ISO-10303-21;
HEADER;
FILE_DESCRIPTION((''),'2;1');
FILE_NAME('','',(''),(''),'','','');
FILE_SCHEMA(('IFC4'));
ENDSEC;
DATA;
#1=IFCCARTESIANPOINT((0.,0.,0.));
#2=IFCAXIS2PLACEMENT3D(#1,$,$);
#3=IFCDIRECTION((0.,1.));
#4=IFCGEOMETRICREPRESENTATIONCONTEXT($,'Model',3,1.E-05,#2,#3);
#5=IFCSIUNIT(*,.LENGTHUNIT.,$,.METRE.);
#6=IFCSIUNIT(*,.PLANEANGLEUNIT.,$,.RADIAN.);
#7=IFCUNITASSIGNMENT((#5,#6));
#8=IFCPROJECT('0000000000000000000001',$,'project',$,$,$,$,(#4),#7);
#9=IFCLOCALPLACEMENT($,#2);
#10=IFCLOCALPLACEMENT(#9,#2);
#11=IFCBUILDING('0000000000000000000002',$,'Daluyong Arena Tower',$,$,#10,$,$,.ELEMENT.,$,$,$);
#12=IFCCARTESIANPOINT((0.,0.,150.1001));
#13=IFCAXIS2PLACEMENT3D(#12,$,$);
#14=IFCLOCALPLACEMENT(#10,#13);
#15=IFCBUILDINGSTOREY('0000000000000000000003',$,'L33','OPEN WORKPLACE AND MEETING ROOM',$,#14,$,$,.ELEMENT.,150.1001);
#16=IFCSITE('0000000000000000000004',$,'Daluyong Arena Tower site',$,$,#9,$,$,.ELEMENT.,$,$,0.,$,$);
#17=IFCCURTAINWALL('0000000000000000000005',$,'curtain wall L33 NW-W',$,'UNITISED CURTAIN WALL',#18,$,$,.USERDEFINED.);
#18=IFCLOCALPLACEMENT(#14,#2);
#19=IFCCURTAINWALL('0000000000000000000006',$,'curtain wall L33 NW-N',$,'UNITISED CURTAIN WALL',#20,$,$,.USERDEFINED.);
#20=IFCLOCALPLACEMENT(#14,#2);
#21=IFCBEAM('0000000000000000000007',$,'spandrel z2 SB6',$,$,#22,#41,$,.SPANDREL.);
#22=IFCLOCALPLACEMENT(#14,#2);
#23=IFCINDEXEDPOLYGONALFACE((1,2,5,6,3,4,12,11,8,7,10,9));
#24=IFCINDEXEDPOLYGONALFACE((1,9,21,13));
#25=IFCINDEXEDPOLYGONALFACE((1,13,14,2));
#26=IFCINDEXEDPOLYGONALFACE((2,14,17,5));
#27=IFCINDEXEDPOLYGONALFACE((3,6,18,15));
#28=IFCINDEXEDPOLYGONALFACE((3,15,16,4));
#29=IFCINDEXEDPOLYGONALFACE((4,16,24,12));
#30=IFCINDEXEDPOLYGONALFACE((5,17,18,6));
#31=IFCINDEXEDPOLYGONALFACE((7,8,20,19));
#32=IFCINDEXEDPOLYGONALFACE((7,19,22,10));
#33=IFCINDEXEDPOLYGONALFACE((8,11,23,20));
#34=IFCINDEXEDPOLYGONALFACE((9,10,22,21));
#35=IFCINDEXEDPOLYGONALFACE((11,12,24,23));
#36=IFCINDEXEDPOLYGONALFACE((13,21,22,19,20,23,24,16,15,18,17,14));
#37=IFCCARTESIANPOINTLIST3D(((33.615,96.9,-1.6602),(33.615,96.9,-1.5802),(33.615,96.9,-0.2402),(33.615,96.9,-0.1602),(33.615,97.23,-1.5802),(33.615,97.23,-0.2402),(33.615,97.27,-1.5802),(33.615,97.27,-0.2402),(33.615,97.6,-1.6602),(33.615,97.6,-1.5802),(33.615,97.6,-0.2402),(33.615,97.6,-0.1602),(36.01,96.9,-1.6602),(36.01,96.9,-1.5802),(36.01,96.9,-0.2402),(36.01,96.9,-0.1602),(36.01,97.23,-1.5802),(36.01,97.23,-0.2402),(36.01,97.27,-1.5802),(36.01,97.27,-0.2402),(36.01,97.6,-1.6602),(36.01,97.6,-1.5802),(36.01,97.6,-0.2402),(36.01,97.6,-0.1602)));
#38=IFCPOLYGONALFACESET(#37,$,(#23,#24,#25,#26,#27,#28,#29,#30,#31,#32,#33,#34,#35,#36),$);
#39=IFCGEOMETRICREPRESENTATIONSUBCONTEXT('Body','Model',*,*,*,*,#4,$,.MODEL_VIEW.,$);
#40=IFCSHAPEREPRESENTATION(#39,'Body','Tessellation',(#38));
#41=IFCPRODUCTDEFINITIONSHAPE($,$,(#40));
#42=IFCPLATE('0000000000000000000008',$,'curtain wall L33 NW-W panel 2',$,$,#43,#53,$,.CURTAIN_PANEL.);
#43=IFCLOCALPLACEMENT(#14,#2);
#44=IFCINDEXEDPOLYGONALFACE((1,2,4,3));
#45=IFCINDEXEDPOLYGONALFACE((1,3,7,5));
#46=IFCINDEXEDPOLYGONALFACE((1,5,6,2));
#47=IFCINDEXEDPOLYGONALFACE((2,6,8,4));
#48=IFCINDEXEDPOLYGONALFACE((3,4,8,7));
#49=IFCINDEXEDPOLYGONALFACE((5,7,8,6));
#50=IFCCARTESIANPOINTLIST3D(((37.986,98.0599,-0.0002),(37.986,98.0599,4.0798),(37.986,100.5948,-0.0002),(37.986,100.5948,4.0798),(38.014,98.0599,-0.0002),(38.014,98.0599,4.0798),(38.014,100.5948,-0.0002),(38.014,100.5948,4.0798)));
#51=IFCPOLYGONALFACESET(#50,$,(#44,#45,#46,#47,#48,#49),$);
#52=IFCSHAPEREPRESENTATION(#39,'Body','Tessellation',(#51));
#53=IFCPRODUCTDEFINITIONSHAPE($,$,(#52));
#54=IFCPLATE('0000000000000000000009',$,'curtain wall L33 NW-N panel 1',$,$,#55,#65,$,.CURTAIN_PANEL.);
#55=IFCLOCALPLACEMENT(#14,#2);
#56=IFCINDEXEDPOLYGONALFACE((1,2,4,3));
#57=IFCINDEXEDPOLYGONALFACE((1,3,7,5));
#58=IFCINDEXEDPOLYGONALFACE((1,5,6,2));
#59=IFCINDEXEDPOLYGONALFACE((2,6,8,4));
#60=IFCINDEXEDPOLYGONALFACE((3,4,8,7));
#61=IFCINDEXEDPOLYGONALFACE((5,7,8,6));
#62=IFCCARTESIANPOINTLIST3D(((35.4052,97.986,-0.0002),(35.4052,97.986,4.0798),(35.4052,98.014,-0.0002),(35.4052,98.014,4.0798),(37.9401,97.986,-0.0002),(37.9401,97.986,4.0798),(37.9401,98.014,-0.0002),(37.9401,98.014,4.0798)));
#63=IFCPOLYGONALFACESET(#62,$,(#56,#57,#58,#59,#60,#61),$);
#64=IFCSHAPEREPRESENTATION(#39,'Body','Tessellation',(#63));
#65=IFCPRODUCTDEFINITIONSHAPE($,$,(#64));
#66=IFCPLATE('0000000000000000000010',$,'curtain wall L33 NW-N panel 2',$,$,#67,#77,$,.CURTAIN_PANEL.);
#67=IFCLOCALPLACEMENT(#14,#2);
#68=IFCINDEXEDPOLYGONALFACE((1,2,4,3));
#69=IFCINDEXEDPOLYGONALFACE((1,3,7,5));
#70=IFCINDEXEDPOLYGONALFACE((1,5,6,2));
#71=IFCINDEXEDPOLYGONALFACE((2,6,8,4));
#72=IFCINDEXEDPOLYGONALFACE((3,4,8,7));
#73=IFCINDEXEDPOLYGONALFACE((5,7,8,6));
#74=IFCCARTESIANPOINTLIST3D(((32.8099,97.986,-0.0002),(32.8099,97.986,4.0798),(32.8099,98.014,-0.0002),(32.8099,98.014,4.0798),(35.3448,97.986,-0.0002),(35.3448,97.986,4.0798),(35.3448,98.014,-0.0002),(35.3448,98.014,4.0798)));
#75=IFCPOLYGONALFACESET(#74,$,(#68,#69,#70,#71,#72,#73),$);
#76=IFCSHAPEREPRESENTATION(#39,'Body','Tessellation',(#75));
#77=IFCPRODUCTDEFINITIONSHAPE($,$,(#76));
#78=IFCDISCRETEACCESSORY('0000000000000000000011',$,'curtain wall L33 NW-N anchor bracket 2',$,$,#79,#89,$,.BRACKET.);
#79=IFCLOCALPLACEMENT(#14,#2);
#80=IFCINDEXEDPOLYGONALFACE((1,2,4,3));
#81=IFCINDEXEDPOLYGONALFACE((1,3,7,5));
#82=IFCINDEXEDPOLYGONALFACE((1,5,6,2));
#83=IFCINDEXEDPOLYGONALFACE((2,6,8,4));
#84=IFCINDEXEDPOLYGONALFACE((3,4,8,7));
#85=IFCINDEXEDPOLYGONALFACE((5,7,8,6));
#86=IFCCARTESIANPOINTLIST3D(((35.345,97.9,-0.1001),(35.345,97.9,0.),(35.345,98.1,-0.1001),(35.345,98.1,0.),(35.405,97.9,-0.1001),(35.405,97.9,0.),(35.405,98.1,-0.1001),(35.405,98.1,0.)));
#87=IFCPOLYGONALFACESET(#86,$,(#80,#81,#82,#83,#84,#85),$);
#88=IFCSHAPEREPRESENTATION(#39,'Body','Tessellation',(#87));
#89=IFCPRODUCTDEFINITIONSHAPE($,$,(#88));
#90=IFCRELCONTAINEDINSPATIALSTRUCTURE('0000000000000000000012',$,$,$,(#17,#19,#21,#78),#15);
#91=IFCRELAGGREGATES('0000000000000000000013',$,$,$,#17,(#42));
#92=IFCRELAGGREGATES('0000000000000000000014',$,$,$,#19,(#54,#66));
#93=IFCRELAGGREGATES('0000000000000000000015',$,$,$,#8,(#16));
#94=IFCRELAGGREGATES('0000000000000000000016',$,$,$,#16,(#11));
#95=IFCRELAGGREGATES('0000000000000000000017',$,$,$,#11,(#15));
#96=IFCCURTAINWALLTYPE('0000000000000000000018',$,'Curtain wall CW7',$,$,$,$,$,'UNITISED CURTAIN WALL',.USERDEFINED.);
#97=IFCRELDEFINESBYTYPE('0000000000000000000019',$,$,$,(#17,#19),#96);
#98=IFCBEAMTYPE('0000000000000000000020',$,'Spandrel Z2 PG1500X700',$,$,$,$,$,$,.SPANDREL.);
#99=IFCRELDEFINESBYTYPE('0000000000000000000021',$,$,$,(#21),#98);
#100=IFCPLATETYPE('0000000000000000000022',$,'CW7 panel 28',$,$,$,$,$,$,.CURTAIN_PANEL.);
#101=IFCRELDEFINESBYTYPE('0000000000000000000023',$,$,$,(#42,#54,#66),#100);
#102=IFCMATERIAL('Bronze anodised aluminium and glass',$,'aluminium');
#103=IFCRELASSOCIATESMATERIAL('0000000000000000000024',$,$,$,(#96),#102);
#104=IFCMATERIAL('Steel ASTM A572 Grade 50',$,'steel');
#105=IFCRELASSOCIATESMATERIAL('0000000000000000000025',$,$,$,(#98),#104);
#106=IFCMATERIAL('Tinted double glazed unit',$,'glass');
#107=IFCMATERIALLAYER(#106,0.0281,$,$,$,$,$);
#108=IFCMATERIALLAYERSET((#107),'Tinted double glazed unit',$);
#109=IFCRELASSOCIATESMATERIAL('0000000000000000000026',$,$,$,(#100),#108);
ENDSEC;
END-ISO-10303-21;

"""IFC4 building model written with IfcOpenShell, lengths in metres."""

from ifc_helpers import new_model, si_unit, direction, frame, origin, origin_2d, place, context, subcontext, project, spatial, rectangle, i_section, extrude, material, layer, layer_set, material_profile, profile_set, type_object, element, aggregate, save


model = new_model("IFC4")

# Units and contexts
model_context = context("Model", 3, precision=1e-05, world=origin(), true_north=direction((0.0, 1.0)))
body_context = subcontext(model_context, "Body", "Model", "MODEL_VIEW")
ifc_project = project(units=[si_unit("LENGTHUNIT", "METRE"), si_unit("PLANEANGLEUNIT", "RADIAN")], contexts=[model_context])

# Site, building, storey
site_placement = place(None, origin())
site = spatial("IfcSite", under=ifc_project, at=site_placement, Name="Daluyong Arena Tower site", CompositionType="ELEMENT", RefElevation=0.0)
building_placement = place(site_placement, origin())
building = spatial("IfcBuilding", under=site, at=building_placement, Name="Daluyong Arena Tower", CompositionType="ELEMENT")
storey_placement = place(building_placement, frame((0.0, 0.0, 150.1001)))
storey = spatial("IfcBuildingStorey", under=building, at=storey_placement, Name="L33", Description="OPEN WORKPLACE AND MEETING ROOM", CompositionType="ELEMENT", Elevation=150.1001)

# Curtain walls
ifc_material_1 = material(Name="Bronze anodised aluminium and glass", Category="aluminium")
curtain_wall_type_1 = type_object("IfcCurtainWallType", Name="Curtain wall CW7", ElementType="UNITISED CURTAIN WALL", PredefinedType="USERDEFINED", material=ifc_material_1)
curtain_wall_1_placement = place(storey_placement, origin())
curtain_wall_1 = element("IfcCurtainWall", 1, at=curtain_wall_1_placement, inside=storey, type_object=curtain_wall_type_1, Name="curtain wall L33 NW-W", ObjectType="UNITISED CURTAIN WALL", PredefinedType="USERDEFINED")
curtain_wall_2_placement = place(storey_placement, origin())
curtain_wall_2 = element("IfcCurtainWall", 2, at=curtain_wall_2_placement, inside=storey, type_object=curtain_wall_type_1, Name="curtain wall L33 NW-N", ObjectType="UNITISED CURTAIN WALL", PredefinedType="USERDEFINED")

# Beam
ifc_material_2 = material(Name="Steel ASTM A572 Grade 50", Category="steel")
ifc_material_profile_1 = material_profile(ifc_material_2, i_section(OverallWidth=0.7, OverallDepth=1.5, WebThickness=0.04, FlangeThickness=0.08, at=origin_2d()))
ifc_profile_set_1 = profile_set([ifc_material_profile_1], Name="Steel ASTM A572 Grade 50")
beam_type = type_object("IfcBeamType", Name="Spandrel Z2 PG1500X700", PredefinedType="SPANDREL", material=ifc_profile_set_1)
beam_placement = place(storey_placement, frame((36.01, 97.25, -0.9102), z_axis=(-1.0, 0.0, 0.0), x_axis=(0.0, -1.0, 0.0)))
element("IfcBeam", 3, at=beam_placement, inside=storey, type_object=beam_type, Name="spandrel z2 SB6", PredefinedType="SPANDREL", context=body_context, shape_type="SweptSolid", body=[
    extrude(i_section(OverallWidth=0.7, OverallDepth=1.5, WebThickness=0.04, FlangeThickness=0.08, at=origin_2d()), origin(), (0.0, 0.0, 1.0), 2.395),
])

# Plates
ifc_material_3 = material(Name="Tinted double glazed unit", Category="glass")
ifc_layer = layer(ifc_material_3, 0.0281)
ifc_layer_set = layer_set([ifc_layer], Name="Tinted double glazed unit")
plate_type = type_object("IfcPlateType", Name="CW7 panel 28", PredefinedType="CURTAIN_PANEL", material=ifc_layer_set)
plate_1_placement = place(storey_placement, frame((38.0, 99.3274, -0.0002), z_axis=(0.0, 0.0, 1.0), x_axis=(0.0, -1.0, 0.0)))
plate_1 = element("IfcPlate", 4, at=plate_1_placement, type_object=plate_type, Name="curtain wall L33 NW-W panel 2", PredefinedType="CURTAIN_PANEL", context=body_context, shape_type="SweptSolid", body=[
    extrude(rectangle(XDim=2.5349, YDim=0.0281, at=origin_2d()), origin(), (0.0, 0.0, 1.0), 4.0801),
])
aggregate(curtain_wall_1, [plate_1])
plate_2_placement = place(storey_placement, frame((36.6726, 98.0, -0.0002), z_axis=(0.0, 0.0, 1.0), x_axis=(-1.0, 0.0, 0.0)))
plate_2 = element("IfcPlate", 5, at=plate_2_placement, type_object=plate_type, Name="curtain wall L33 NW-N panel 1", PredefinedType="CURTAIN_PANEL", context=body_context, shape_type="SweptSolid", body=[
    extrude(rectangle(XDim=2.5349, YDim=0.0281, at=origin_2d()), origin(), (0.0, 0.0, 1.0), 4.0801),
])
plate_3_placement = place(storey_placement, frame((34.0774, 98.0, -0.0002), z_axis=(0.0, 0.0, 1.0), x_axis=(-1.0, 0.0, 0.0)))
plate_3 = element("IfcPlate", 6, at=plate_3_placement, type_object=plate_type, Name="curtain wall L33 NW-N panel 2", PredefinedType="CURTAIN_PANEL", context=body_context, shape_type="SweptSolid", body=[
    extrude(rectangle(XDim=2.5349, YDim=0.0281, at=origin_2d()), origin(), (0.0, 0.0, 1.0), 4.0801),
])
aggregate(curtain_wall_2, [plate_2, plate_3])

# Discrete accessory
discrete_accessory_placement = place(storey_placement, frame((35.375, 98.0, -0.1001), z_axis=(0.0, 0.0, 1.0), x_axis=(-1.0, 0.0, 0.0)))
element("IfcDiscreteAccessory", 7, at=discrete_accessory_placement, inside=storey, Name="curtain wall L33 NW-N anchor bracket 2", PredefinedType="BRACKET", context=body_context, shape_type="SweptSolid", body=[
    extrude(rectangle(XDim=0.0601, YDim=0.2, at=origin_2d()), origin(), (0.0, 0.0, 1.0), 0.1001),
])

save(model, "model.ifc")
